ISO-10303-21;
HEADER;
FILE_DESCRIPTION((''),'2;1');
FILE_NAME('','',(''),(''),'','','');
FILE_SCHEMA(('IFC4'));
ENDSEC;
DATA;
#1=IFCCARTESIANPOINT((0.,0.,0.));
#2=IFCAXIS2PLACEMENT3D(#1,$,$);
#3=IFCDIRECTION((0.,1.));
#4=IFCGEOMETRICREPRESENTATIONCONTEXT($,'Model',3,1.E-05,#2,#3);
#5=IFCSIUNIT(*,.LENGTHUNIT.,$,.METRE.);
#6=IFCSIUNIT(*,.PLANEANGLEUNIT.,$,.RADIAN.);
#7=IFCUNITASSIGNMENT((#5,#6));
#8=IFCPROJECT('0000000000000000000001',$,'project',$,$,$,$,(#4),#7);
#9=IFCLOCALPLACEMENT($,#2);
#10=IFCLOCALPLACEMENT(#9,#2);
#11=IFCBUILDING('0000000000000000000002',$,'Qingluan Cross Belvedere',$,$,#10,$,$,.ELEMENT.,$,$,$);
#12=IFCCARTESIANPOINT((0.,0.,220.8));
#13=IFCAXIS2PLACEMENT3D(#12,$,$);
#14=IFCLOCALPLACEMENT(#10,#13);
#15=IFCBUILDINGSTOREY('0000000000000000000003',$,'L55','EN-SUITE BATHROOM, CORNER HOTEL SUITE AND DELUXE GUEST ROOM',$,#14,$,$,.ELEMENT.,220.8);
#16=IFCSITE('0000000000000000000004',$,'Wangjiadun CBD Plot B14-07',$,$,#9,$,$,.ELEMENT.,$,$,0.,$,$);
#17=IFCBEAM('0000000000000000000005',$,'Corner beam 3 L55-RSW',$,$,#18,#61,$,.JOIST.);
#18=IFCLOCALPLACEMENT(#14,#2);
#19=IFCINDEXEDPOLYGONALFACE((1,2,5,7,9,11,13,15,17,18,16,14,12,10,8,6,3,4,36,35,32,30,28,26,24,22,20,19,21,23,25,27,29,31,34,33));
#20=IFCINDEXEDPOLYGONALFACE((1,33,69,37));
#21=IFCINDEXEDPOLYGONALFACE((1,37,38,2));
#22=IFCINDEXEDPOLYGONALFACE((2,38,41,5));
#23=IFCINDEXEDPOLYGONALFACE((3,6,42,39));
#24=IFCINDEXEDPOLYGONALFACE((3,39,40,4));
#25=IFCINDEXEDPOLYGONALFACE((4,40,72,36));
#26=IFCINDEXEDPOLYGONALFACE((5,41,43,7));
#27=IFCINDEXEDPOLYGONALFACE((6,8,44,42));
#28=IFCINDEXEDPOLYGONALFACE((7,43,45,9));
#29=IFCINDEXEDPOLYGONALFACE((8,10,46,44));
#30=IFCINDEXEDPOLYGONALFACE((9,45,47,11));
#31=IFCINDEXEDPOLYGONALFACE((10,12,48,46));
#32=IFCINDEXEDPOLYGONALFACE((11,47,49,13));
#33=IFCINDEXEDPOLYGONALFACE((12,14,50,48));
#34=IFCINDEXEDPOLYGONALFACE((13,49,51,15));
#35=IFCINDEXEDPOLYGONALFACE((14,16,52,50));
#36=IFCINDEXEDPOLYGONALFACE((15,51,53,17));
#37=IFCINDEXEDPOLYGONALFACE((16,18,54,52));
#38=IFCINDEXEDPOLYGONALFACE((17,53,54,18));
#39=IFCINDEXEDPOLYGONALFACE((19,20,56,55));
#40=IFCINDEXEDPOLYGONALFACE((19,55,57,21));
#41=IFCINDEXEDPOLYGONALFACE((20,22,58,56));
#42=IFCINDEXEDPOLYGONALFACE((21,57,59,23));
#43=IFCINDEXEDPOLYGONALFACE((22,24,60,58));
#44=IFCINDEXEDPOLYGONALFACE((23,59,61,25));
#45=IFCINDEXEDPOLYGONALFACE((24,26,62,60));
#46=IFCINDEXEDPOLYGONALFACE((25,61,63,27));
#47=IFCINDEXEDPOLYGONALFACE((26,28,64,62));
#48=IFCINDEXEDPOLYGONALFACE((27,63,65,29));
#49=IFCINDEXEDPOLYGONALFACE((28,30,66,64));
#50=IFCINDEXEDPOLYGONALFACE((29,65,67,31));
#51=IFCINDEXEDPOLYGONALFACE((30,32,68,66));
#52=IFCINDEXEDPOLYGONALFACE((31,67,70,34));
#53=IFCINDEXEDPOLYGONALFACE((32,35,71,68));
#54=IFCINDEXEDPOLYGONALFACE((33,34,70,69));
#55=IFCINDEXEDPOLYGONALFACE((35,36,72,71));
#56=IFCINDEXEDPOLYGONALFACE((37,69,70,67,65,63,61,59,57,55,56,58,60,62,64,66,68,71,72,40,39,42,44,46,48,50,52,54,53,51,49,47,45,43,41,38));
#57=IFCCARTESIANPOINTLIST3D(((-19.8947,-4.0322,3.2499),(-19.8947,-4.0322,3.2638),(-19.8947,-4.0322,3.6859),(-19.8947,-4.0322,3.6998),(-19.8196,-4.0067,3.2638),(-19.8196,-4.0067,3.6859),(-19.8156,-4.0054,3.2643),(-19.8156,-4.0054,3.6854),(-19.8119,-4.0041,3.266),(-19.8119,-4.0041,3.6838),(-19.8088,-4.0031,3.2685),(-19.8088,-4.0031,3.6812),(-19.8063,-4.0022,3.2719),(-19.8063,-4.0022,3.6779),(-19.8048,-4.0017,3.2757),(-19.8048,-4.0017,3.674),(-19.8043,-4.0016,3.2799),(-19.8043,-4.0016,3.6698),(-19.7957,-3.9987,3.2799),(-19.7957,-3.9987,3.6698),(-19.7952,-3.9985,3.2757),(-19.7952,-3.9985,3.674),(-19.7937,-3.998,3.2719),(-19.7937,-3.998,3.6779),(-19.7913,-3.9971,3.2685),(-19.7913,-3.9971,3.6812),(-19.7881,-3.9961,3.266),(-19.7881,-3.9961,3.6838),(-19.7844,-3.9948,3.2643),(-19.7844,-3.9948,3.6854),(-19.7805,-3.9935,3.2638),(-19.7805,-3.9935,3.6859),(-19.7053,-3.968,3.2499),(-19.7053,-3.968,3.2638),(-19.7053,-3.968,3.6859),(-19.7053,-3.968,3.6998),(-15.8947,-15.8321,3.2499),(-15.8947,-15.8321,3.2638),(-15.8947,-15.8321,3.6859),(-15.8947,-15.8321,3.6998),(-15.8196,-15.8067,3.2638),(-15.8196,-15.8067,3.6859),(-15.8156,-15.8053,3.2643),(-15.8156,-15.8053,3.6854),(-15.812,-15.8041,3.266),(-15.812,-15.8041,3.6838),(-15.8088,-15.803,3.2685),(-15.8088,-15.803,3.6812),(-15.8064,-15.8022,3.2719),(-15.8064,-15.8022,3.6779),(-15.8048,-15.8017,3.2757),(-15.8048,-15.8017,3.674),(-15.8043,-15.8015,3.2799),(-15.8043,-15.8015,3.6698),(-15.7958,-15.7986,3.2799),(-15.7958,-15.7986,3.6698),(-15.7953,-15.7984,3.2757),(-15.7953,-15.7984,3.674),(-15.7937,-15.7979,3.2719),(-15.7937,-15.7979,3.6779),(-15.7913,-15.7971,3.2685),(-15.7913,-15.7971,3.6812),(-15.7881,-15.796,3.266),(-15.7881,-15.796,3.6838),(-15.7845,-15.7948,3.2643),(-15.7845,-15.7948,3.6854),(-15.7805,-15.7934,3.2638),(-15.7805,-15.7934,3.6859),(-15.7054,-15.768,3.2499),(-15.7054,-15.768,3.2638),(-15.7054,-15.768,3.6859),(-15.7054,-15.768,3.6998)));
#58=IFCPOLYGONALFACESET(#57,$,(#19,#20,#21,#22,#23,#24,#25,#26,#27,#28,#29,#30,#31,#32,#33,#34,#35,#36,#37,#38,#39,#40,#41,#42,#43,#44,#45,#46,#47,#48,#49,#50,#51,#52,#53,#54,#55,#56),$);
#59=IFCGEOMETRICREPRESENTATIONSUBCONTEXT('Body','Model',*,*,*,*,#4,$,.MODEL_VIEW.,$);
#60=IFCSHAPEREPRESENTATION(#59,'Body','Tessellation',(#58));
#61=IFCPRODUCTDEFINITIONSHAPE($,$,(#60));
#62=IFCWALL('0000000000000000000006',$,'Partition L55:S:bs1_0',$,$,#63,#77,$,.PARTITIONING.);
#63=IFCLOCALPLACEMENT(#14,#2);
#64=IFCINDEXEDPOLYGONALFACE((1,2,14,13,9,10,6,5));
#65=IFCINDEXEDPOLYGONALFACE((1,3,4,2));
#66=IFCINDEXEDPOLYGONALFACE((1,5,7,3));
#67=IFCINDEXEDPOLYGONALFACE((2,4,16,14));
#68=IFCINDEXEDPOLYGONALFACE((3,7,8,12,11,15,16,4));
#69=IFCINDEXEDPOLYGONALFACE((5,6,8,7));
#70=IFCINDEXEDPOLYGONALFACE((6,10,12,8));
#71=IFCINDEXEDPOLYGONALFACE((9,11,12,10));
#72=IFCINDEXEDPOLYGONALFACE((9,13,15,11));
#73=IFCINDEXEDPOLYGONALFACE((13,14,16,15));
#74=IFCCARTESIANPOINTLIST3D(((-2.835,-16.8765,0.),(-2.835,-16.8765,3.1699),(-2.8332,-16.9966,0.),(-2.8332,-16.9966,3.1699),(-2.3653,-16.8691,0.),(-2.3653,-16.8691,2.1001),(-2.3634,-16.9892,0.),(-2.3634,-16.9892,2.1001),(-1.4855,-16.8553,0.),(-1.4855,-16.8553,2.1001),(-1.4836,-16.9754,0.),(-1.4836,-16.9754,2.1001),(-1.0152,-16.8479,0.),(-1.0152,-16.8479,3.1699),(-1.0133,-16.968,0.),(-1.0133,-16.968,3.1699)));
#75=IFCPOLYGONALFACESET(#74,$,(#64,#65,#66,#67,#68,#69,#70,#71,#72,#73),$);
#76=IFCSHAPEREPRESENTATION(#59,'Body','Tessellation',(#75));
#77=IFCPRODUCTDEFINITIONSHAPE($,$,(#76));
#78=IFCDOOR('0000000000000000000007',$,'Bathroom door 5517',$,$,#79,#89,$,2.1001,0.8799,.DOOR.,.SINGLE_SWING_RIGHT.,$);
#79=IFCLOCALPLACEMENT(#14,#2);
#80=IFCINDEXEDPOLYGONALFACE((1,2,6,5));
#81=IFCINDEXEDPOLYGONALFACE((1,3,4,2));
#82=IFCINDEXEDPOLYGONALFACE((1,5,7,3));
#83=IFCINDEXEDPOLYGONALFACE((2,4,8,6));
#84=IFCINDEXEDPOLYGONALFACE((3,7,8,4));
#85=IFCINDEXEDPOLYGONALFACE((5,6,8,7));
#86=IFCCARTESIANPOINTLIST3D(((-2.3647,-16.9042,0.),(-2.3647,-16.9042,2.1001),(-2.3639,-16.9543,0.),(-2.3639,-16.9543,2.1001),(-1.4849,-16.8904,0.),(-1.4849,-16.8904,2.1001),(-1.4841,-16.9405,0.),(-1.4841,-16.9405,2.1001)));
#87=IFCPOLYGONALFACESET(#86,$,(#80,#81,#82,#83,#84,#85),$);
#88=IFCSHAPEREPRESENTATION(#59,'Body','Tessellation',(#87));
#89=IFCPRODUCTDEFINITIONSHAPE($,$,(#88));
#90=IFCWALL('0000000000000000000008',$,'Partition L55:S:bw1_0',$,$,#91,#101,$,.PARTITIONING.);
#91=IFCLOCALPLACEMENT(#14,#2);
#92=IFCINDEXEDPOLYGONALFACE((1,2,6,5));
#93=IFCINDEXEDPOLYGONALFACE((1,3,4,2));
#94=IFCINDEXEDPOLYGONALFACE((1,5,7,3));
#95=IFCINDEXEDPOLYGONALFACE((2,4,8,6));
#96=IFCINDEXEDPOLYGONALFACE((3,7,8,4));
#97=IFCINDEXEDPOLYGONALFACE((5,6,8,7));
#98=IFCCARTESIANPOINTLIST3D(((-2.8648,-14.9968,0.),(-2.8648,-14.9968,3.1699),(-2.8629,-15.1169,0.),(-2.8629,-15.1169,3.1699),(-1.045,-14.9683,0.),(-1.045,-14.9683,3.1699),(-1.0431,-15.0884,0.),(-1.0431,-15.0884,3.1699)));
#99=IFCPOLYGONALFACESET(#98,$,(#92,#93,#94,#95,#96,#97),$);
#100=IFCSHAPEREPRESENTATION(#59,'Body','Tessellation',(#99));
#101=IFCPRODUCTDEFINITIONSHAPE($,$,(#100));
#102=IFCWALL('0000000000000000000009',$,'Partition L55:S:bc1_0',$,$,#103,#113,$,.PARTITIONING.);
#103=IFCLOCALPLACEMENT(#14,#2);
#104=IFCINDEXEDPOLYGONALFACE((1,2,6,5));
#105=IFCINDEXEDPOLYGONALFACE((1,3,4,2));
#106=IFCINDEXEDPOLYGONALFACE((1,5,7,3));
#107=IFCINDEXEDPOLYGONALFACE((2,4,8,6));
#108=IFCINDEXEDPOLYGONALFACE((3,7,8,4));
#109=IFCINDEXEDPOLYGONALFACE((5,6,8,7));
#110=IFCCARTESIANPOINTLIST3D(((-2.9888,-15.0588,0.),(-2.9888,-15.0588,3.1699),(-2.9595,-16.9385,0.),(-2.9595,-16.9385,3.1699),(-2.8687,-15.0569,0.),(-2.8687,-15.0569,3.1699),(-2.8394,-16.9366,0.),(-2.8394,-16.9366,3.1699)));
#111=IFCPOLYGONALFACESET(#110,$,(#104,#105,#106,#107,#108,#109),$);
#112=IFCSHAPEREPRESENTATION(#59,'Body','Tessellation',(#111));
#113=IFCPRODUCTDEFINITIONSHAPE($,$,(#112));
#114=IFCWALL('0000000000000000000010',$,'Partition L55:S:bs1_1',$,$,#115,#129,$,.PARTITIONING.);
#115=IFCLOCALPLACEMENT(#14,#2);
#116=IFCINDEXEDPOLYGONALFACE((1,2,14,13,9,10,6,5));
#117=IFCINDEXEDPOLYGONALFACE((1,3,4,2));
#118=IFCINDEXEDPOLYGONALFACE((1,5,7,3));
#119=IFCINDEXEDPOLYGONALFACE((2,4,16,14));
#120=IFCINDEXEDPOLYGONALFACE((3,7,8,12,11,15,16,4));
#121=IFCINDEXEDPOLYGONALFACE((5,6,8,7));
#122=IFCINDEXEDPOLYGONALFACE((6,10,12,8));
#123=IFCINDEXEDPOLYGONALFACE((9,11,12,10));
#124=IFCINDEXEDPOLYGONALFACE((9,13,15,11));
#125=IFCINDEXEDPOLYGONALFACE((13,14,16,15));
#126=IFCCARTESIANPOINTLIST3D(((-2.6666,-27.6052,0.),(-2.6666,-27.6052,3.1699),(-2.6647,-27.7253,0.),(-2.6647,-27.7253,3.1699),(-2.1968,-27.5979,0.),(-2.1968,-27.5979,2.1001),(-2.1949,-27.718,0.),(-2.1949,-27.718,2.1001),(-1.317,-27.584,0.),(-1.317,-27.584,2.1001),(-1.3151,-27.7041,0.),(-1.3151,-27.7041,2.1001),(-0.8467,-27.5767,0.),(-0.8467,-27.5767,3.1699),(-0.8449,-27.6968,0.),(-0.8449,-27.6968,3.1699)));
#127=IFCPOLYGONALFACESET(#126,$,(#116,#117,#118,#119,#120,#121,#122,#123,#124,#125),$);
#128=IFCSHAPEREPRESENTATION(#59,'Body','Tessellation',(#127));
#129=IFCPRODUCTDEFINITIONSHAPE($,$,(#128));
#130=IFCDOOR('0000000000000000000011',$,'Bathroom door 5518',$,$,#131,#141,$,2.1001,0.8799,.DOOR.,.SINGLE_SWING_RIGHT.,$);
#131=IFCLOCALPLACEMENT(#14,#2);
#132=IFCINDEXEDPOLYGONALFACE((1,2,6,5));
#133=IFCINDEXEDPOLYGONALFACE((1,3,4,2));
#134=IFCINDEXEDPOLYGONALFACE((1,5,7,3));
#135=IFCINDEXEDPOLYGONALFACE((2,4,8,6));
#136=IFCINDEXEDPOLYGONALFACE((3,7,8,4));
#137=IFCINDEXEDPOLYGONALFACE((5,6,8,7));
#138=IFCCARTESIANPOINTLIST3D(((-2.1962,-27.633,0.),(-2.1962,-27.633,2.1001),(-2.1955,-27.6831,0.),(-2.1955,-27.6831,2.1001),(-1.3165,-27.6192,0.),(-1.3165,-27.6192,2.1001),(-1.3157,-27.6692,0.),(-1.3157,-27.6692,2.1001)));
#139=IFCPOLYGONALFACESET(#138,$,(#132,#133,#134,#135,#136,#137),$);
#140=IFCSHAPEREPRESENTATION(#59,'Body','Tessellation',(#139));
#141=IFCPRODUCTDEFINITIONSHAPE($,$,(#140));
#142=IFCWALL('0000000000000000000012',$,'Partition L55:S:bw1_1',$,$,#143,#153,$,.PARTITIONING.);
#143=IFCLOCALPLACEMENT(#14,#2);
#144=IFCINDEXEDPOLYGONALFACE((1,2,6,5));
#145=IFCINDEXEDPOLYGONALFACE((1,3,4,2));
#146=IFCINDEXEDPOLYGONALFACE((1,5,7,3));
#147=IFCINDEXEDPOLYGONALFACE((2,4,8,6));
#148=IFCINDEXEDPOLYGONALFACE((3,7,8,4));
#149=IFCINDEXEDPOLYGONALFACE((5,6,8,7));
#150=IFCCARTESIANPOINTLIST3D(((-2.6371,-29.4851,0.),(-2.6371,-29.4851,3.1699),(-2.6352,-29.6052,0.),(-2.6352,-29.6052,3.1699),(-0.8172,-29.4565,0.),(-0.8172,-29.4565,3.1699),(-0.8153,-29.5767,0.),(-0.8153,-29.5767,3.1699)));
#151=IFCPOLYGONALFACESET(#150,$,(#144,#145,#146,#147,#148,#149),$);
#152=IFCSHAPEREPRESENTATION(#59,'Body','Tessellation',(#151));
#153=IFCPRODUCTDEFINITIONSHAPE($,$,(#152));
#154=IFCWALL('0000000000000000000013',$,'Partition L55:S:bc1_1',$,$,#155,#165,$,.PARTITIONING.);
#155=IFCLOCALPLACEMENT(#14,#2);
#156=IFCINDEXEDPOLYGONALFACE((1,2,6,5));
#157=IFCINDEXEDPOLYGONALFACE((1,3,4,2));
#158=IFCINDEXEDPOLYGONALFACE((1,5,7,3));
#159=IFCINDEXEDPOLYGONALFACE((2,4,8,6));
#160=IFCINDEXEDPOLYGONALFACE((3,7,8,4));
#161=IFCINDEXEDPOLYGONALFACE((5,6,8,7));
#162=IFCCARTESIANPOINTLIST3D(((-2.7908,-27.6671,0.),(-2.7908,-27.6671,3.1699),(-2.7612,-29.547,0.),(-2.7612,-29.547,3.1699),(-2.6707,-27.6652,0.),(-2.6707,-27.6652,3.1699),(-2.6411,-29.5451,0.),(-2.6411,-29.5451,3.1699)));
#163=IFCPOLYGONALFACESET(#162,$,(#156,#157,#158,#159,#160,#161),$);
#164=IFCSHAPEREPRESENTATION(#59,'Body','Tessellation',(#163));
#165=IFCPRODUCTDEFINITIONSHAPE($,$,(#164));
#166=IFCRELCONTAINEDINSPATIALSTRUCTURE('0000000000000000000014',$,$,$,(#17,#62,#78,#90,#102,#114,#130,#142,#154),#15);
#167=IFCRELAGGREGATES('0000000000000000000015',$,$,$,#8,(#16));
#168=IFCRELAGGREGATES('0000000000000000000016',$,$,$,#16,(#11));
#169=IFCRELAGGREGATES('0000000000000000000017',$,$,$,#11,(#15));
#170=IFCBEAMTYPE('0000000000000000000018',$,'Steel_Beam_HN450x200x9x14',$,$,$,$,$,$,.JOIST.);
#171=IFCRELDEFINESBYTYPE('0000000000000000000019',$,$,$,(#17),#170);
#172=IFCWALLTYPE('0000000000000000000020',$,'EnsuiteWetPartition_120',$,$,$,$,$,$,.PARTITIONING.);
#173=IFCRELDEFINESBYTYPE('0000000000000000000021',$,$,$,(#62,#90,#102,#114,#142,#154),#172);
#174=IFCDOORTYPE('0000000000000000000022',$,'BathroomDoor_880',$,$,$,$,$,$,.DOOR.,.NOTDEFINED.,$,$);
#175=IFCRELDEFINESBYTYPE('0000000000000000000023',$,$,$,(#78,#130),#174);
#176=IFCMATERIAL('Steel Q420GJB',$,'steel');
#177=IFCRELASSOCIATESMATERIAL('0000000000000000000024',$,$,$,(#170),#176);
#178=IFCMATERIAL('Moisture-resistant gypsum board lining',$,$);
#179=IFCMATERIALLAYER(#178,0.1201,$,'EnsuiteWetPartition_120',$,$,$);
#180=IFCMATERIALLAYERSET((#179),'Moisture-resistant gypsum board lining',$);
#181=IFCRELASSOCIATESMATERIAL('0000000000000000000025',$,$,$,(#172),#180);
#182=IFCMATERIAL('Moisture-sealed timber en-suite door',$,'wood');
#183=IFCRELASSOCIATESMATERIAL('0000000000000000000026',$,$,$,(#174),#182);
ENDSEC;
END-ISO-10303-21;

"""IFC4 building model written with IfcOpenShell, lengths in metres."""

from ifc_helpers import new_model, si_unit, direction, frame, frame_2d, origin, origin_2d, place, context, subcontext, project, spatial, rectangle, i_section, extrude, material, layer, layer_set, material_profile, profile_set, type_object, element, fill, save


model = new_model("IFC4")

# Units and contexts
model_context = context("Model", 3, precision=1e-05, world=origin(), true_north=direction((0.0, 1.0)))
body_context = subcontext(model_context, "Body", "Model", "MODEL_VIEW")
ifc_project = project(units=[si_unit("LENGTHUNIT", "METRE"), si_unit("PLANEANGLEUNIT", "RADIAN")], contexts=[model_context])

# Site, building, storey
site_placement = place(None, origin())
site = spatial("IfcSite", under=ifc_project, at=site_placement, Name="Wangjiadun CBD Plot B14-07", CompositionType="ELEMENT", RefElevation=0.0)
building_placement = place(site_placement, origin())
building = spatial("IfcBuilding", under=site, at=building_placement, Name="Qingluan Cross Belvedere", CompositionType="ELEMENT")
storey_placement = place(building_placement, frame((0.0, 0.0, 220.8)))
storey = spatial("IfcBuildingStorey", under=building, at=storey_placement, Name="L55", Description="EN-SUITE BATHROOM, CORNER HOTEL SUITE AND DELUXE GUEST ROOM", CompositionType="ELEMENT", Elevation=220.8)

# Beam
ifc_material_1 = material(Name="Steel Q420GJB", Category="steel")
ifc_material_profile_1 = material_profile(ifc_material_1, i_section(OverallWidth=0.2, OverallDepth=0.45, WebThickness=0.009, FlangeThickness=0.0139, FilletRadius=0.0161, at=origin_2d()), Name="HN450x200x9x14")
ifc_profile_set_1 = profile_set([ifc_material_profile_1], Name="Steel Q420GJB")
beam_type_1 = type_object("IfcBeamType", Name="Steel_Beam_HN450x200x9x14", PredefinedType="JOIST", material=ifc_profile_set_1)
for number, where, z_axis, x_axis, name in (
    (1, (-15.8, -15.8, 3.4749), (-0.321038, 0.947066, 0.0), (-0.947066, -0.321038, 0.0), "Corner beam 3 L55-RSW"),
):
    element("IfcBeam", number, at=place(storey_placement, frame(where, z_axis=z_axis, x_axis=x_axis)), inside=storey, type_object=beam_type_1, Name=name, PredefinedType="JOIST", context=body_context, shape_type="SweptSolid", body=[
        extrude(i_section(OverallWidth=0.2, OverallDepth=0.45, WebThickness=0.009, FlangeThickness=0.0139, FilletRadius=0.0161, at=origin_2d()), origin(), (0.0, 0.0, 1.0), 12.4595),
    ])

# Wall, opening, door
ifc_material_2 = material(Name="Moisture-resistant gypsum board lining")
ifc_layer_1 = layer(ifc_material_2, 0.1201, Name="EnsuiteWetPartition_120")
ifc_layer_set_1 = layer_set([ifc_layer_1], Name="Moisture-resistant gypsum board lining")
wall_type_1 = type_object("IfcWallType", Name="EnsuiteWetPartition_120", PredefinedType="PARTITIONING", material=ifc_layer_set_1)
wall_1_placement = place(storey_placement, frame((-2.8342, -16.9365, 0.0), z_axis=(0.0, 0.0, 1.0), x_axis=(0.999877, 0.015694, 0.0)))
wall_1 = element("IfcWall", 2, at=wall_1_placement, inside=storey, type_object=wall_type_1, Name="Partition L55:S:bs1_0", PredefinedType="PARTITIONING", context=body_context, shape_type="SweptSolid", body=[
    extrude(rectangle(XDim=1.8201, YDim=0.1201, at=frame_2d((0.9102, 0.0))), origin(), (0.0, 0.0, 1.0), 3.1699),
])
opening_1_placement = place(wall_1_placement, frame((0.47, 0.0, 0.0)))
opening_1 = element("IfcOpeningElement", 3, at=opening_1_placement, cuts=wall_1, PredefinedType="OPENING", context=body_context, shape_type="SweptSolid", body=[
    extrude(rectangle(XDim=0.8799, YDim=2.1001, at=frame_2d((0.4399, 1.05))), frame((0.0, 0.0701, 0.0), z_axis=(0.0, -1.0, 0.0), x_axis=(1.0, 0.0, 0.0)), (0.0, 0.0, 1.0), 0.1401),
])
ifc_material_3 = material(Name="Moisture-sealed timber en-suite door", Category="wood")
door_type = type_object("IfcDoorType", Name="BathroomDoor_880", OperationType="NOTDEFINED", PredefinedType="DOOR", material=ifc_material_3)
door_1_placement = place(opening_1_placement, origin())
door_1 = element("IfcDoor", 4, at=door_1_placement, inside=storey, type_object=door_type, Name="Bathroom door 5517", OperationType="SINGLE_SWING_RIGHT", OverallHeight=2.1001, OverallWidth=0.8799, PredefinedType="DOOR", context=body_context, shape_type="SweptSolid", body=[
    extrude(rectangle(XDim=0.8799, YDim=2.1001, at=frame_2d((0.4399, 1.05))), frame((0.0, 0.0249, 0.0), z_axis=(0.0, -1.0, 0.0), x_axis=(1.0, 0.0, 0.0)), (0.0, 0.0, 1.0), 0.05),
])
fill(opening_1, door_1)

# Walls
wall_2_placement = place(storey_placement, frame((-2.864, -15.0569, 0.0), z_axis=(0.0, 0.0, 1.0), x_axis=(0.999877, 0.015694, 0.0)))
element("IfcWall", 5, at=wall_2_placement, inside=storey, type_object=wall_type_1, Name="Partition L55:S:bw1_0", PredefinedType="PARTITIONING", context=body_context, shape_type="SweptSolid", body=[
    extrude(rectangle(XDim=1.8201, YDim=0.1201, at=frame_2d((0.9102, 0.0))), origin(), (0.0, 0.0, 1.0), 3.1699),
])
wall_3_placement = place(storey_placement, frame((-2.9287, -15.0579, 0.0), z_axis=(0.0, 0.0, 1.0), x_axis=(0.015585, -0.999879, 0.0)))
element("IfcWall", 6, at=wall_3_placement, inside=storey, type_object=wall_type_1, Name="Partition L55:S:bc1_0", PredefinedType="PARTITIONING", context=body_context, shape_type="SweptSolid", body=[
    extrude(rectangle(XDim=1.8799, YDim=0.1201, at=frame_2d((0.9399, 0.0))), origin(), (0.0, 0.0, 1.0), 3.1699),
])

# Wall, opening, door
wall_4_placement = place(storey_placement, frame((-2.6658, -27.6653, 0.0), z_axis=(0.0, 0.0, 1.0), x_axis=(0.999877, 0.015694, 0.0)))
wall_4 = element("IfcWall", 7, at=wall_4_placement, inside=storey, type_object=wall_type_1, Name="Partition L55:S:bs1_1", PredefinedType="PARTITIONING", context=body_context, shape_type="SweptSolid", body=[
    extrude(rectangle(XDim=1.8201, YDim=0.1201, at=frame_2d((0.9102, 0.0))), origin(), (0.0, 0.0, 1.0), 3.1699),
])
opening_2_placement = place(wall_4_placement, frame((0.47, 0.0, 0.0)))
opening_2 = element("IfcOpeningElement", 8, at=opening_2_placement, cuts=wall_4, PredefinedType="OPENING", context=body_context, shape_type="SweptSolid", body=[
    extrude(rectangle(XDim=0.8799, YDim=2.1001, at=frame_2d((0.4399, 1.05))), frame((0.0, 0.0701, 0.0), z_axis=(0.0, -1.0, 0.0), x_axis=(1.0, 0.0, 0.0)), (0.0, 0.0, 1.0), 0.1401),
])
door_2_placement = place(opening_2_placement, origin())
door_2 = element("IfcDoor", 9, at=door_2_placement, inside=storey, type_object=door_type, Name="Bathroom door 5518", OperationType="SINGLE_SWING_RIGHT", OverallHeight=2.1001, OverallWidth=0.8799, PredefinedType="DOOR", context=body_context, shape_type="SweptSolid", body=[
    extrude(rectangle(XDim=0.8799, YDim=2.1001, at=frame_2d((0.4399, 1.05))), frame((0.0, 0.0249, 0.0), z_axis=(0.0, -1.0, 0.0), x_axis=(1.0, 0.0, 0.0)), (0.0, 0.0, 1.0), 0.05),
])
fill(opening_2, door_2)

# Walls
wall_5_placement = place(storey_placement, frame((-2.6362, -29.5452, 0.0), z_axis=(0.0, 0.0, 1.0), x_axis=(0.999877, 0.015694, 0.0)))
element("IfcWall", 10, at=wall_5_placement, inside=storey, type_object=wall_type_1, Name="Partition L55:S:bw1_1", PredefinedType="PARTITIONING", context=body_context, shape_type="SweptSolid", body=[
    extrude(rectangle(XDim=1.8201, YDim=0.1201, at=frame_2d((0.9102, 0.0))), origin(), (0.0, 0.0, 1.0), 3.1699),
])
wall_6_placement = place(storey_placement, frame((-2.7307, -27.6663, 0.0), z_axis=(0.0, 0.0, 1.0), x_axis=(0.015712, -0.999877, 0.0)))
element("IfcWall", 11, at=wall_6_placement, inside=storey, type_object=wall_type_1, Name="Partition L55:S:bc1_1", PredefinedType="PARTITIONING", context=body_context, shape_type="SweptSolid", body=[
    extrude(rectangle(XDim=1.8801, YDim=0.1201, at=frame_2d((0.9399, 0.0))), origin(), (0.0, 0.0, 1.0), 3.1699),
])

save(model, "model.ifc")
